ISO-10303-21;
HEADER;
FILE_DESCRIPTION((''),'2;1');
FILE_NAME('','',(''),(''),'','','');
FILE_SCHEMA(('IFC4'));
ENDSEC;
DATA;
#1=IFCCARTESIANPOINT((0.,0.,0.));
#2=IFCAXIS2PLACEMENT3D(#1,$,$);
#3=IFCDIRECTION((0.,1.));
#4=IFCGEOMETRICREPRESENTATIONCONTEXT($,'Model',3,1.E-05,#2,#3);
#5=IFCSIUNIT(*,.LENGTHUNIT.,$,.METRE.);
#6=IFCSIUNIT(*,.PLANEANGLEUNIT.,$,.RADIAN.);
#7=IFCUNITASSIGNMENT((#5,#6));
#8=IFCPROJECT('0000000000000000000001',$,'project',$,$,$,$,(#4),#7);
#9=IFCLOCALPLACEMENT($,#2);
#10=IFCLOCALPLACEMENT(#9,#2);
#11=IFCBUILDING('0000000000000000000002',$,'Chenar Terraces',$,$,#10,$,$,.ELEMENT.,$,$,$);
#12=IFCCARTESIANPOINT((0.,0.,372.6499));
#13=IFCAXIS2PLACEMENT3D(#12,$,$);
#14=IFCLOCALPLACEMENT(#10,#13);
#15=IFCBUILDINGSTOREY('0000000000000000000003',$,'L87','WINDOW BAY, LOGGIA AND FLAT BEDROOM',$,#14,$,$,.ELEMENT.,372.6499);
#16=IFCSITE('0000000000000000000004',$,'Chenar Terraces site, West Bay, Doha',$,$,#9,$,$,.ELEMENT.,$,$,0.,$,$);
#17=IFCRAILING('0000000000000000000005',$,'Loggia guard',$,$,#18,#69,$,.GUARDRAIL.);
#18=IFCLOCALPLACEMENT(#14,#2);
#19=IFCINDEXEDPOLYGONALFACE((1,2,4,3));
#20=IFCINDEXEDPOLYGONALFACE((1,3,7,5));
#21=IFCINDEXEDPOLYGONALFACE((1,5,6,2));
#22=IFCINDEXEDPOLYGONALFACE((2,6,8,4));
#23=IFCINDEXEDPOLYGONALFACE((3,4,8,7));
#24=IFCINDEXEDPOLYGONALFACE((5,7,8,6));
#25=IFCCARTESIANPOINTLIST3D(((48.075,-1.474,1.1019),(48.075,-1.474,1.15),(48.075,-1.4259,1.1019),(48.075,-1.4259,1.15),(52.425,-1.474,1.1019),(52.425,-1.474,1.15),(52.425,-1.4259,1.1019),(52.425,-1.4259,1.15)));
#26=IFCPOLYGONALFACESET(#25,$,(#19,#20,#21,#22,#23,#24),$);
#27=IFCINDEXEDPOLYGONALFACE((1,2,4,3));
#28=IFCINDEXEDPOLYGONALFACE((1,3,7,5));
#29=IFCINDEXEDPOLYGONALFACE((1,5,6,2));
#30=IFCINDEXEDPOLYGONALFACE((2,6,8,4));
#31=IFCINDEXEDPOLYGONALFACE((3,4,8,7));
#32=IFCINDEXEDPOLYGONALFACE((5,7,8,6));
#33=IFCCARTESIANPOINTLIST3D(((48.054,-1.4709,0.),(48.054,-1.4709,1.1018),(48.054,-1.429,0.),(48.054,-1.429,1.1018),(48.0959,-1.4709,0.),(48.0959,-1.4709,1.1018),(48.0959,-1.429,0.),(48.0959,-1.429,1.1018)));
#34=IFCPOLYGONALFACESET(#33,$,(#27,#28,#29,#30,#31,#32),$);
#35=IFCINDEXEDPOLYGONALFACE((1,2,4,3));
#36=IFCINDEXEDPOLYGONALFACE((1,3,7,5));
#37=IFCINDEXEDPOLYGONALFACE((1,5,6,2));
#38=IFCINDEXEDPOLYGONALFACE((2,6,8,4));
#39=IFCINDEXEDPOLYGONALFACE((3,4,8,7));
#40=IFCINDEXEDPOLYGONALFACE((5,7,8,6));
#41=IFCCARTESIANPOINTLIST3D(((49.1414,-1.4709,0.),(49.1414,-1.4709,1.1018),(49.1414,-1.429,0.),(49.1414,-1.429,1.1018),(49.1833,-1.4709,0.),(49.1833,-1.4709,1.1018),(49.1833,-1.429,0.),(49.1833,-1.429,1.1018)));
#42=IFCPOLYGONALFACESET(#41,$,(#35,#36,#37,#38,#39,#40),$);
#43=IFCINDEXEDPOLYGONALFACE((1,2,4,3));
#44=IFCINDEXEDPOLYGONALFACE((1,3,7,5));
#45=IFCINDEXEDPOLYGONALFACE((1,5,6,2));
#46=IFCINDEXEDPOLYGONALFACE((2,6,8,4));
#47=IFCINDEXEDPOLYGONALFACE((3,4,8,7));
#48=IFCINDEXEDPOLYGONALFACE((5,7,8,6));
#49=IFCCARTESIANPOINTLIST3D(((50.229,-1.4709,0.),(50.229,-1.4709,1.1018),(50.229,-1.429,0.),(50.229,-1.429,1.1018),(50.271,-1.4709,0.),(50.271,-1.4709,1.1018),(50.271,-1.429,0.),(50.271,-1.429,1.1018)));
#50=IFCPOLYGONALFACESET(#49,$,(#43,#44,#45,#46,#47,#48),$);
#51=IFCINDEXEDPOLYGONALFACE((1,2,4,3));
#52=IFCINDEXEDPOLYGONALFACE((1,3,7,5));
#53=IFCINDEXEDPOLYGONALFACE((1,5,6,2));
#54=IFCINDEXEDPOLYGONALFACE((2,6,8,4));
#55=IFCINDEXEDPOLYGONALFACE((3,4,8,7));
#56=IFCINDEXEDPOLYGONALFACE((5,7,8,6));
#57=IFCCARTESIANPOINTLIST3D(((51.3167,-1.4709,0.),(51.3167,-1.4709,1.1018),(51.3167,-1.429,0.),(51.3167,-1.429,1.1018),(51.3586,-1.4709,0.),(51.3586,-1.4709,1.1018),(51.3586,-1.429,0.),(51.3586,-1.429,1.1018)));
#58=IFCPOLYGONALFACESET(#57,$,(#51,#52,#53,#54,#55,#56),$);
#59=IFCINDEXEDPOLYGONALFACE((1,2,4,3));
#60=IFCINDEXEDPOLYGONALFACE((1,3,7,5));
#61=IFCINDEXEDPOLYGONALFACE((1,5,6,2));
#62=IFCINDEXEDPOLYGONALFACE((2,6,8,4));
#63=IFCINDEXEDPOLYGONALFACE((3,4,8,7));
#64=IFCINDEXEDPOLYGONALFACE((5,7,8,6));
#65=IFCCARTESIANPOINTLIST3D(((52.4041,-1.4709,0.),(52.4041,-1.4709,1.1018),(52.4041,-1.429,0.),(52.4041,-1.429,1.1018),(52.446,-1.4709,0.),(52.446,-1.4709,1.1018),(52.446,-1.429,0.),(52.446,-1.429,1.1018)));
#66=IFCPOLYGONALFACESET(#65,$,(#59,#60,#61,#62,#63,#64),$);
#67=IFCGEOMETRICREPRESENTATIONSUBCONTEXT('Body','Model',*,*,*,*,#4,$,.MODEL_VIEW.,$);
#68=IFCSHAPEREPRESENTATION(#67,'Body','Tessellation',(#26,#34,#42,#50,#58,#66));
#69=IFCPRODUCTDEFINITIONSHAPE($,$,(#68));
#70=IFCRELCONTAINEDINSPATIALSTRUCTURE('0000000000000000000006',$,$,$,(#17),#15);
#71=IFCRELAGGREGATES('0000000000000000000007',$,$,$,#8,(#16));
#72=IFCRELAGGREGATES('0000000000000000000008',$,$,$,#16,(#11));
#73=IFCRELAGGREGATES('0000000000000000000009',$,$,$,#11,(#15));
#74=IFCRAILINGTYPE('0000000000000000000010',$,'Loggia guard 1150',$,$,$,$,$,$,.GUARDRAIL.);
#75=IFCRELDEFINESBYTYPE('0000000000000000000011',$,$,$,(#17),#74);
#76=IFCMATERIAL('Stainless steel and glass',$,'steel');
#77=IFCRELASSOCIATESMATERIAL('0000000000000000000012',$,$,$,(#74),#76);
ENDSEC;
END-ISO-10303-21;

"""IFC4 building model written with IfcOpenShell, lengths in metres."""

from ifc_helpers import new_model, si_unit, direction, frame, origin, origin_2d, place, context, subcontext, project, spatial, rectangle, extrude, material, type_object, element, save


model = new_model("IFC4")

# Units and contexts
model_context = context("Model", 3, precision=1e-05, world=origin(), true_north=direction((0.0, 1.0)))
body_context = subcontext(model_context, "Body", "Model", "MODEL_VIEW")
ifc_project = project(units=[si_unit("LENGTHUNIT", "METRE"), si_unit("PLANEANGLEUNIT", "RADIAN")], contexts=[model_context])

# Site, building, storey
site_placement = place(None, origin())
site = spatial("IfcSite", under=ifc_project, at=site_placement, Name="Chenar Terraces site, West Bay, Doha", CompositionType="ELEMENT", RefElevation=0.0)
building_placement = place(site_placement, origin())
building = spatial("IfcBuilding", under=site, at=building_placement, Name="Chenar Terraces", CompositionType="ELEMENT")
storey_placement = place(building_placement, frame((0.0, 0.0, 372.6499)))
storey = spatial("IfcBuildingStorey", under=building, at=storey_placement, Name="L87", Description="WINDOW BAY, LOGGIA AND FLAT BEDROOM", CompositionType="ELEMENT", Elevation=372.6499)

# Railing
ifc_material_1 = material(Name="Stainless steel and glass", Category="steel")
railing_type = type_object("IfcRailingType", Name="Loggia guard 1150", PredefinedType="GUARDRAIL", material=ifc_material_1)
railing_1_placement = place(storey_placement, frame((48.075, -1.45, 0.0)))
element("IfcRailing", 1, at=railing_1_placement, inside=storey, type_object=railing_type, Name="Loggia guard", PredefinedType="GUARDRAIL", context=body_context, shape_type="SweptSolid", body=[
    extrude(rectangle(XDim=0.0481, YDim=0.0481, at=origin_2d()), frame((0.0, 0.0, 1.126), z_axis=(1.0, 0.0, 0.0), x_axis=(0.0, 1.0, 0.0)), (0.0, 0.0, 1.0), 4.3501),
    extrude(rectangle(XDim=0.042, YDim=0.042, at=origin_2d()), origin(), (0.0, 0.0, 1.0), 1.1018),
    extrude(rectangle(XDim=0.042, YDim=0.042, at=origin_2d()), frame((1.0874, 0.0, 0.0)), (0.0, 0.0, 1.0), 1.1018),
    extrude(rectangle(XDim=0.042, YDim=0.042, at=origin_2d()), frame((2.175, 0.0, 0.0)), (0.0, 0.0, 1.0), 1.1018),
    extrude(rectangle(XDim=0.042, YDim=0.042, at=origin_2d()), frame((3.2627, 0.0, 0.0)), (0.0, 0.0, 1.0), 1.1018),
    extrude(rectangle(XDim=0.042, YDim=0.042, at=origin_2d()), frame((4.3501, 0.0, 0.0)), (0.0, 0.0, 1.0), 1.1018),
])

save(model, "model.ifc")
